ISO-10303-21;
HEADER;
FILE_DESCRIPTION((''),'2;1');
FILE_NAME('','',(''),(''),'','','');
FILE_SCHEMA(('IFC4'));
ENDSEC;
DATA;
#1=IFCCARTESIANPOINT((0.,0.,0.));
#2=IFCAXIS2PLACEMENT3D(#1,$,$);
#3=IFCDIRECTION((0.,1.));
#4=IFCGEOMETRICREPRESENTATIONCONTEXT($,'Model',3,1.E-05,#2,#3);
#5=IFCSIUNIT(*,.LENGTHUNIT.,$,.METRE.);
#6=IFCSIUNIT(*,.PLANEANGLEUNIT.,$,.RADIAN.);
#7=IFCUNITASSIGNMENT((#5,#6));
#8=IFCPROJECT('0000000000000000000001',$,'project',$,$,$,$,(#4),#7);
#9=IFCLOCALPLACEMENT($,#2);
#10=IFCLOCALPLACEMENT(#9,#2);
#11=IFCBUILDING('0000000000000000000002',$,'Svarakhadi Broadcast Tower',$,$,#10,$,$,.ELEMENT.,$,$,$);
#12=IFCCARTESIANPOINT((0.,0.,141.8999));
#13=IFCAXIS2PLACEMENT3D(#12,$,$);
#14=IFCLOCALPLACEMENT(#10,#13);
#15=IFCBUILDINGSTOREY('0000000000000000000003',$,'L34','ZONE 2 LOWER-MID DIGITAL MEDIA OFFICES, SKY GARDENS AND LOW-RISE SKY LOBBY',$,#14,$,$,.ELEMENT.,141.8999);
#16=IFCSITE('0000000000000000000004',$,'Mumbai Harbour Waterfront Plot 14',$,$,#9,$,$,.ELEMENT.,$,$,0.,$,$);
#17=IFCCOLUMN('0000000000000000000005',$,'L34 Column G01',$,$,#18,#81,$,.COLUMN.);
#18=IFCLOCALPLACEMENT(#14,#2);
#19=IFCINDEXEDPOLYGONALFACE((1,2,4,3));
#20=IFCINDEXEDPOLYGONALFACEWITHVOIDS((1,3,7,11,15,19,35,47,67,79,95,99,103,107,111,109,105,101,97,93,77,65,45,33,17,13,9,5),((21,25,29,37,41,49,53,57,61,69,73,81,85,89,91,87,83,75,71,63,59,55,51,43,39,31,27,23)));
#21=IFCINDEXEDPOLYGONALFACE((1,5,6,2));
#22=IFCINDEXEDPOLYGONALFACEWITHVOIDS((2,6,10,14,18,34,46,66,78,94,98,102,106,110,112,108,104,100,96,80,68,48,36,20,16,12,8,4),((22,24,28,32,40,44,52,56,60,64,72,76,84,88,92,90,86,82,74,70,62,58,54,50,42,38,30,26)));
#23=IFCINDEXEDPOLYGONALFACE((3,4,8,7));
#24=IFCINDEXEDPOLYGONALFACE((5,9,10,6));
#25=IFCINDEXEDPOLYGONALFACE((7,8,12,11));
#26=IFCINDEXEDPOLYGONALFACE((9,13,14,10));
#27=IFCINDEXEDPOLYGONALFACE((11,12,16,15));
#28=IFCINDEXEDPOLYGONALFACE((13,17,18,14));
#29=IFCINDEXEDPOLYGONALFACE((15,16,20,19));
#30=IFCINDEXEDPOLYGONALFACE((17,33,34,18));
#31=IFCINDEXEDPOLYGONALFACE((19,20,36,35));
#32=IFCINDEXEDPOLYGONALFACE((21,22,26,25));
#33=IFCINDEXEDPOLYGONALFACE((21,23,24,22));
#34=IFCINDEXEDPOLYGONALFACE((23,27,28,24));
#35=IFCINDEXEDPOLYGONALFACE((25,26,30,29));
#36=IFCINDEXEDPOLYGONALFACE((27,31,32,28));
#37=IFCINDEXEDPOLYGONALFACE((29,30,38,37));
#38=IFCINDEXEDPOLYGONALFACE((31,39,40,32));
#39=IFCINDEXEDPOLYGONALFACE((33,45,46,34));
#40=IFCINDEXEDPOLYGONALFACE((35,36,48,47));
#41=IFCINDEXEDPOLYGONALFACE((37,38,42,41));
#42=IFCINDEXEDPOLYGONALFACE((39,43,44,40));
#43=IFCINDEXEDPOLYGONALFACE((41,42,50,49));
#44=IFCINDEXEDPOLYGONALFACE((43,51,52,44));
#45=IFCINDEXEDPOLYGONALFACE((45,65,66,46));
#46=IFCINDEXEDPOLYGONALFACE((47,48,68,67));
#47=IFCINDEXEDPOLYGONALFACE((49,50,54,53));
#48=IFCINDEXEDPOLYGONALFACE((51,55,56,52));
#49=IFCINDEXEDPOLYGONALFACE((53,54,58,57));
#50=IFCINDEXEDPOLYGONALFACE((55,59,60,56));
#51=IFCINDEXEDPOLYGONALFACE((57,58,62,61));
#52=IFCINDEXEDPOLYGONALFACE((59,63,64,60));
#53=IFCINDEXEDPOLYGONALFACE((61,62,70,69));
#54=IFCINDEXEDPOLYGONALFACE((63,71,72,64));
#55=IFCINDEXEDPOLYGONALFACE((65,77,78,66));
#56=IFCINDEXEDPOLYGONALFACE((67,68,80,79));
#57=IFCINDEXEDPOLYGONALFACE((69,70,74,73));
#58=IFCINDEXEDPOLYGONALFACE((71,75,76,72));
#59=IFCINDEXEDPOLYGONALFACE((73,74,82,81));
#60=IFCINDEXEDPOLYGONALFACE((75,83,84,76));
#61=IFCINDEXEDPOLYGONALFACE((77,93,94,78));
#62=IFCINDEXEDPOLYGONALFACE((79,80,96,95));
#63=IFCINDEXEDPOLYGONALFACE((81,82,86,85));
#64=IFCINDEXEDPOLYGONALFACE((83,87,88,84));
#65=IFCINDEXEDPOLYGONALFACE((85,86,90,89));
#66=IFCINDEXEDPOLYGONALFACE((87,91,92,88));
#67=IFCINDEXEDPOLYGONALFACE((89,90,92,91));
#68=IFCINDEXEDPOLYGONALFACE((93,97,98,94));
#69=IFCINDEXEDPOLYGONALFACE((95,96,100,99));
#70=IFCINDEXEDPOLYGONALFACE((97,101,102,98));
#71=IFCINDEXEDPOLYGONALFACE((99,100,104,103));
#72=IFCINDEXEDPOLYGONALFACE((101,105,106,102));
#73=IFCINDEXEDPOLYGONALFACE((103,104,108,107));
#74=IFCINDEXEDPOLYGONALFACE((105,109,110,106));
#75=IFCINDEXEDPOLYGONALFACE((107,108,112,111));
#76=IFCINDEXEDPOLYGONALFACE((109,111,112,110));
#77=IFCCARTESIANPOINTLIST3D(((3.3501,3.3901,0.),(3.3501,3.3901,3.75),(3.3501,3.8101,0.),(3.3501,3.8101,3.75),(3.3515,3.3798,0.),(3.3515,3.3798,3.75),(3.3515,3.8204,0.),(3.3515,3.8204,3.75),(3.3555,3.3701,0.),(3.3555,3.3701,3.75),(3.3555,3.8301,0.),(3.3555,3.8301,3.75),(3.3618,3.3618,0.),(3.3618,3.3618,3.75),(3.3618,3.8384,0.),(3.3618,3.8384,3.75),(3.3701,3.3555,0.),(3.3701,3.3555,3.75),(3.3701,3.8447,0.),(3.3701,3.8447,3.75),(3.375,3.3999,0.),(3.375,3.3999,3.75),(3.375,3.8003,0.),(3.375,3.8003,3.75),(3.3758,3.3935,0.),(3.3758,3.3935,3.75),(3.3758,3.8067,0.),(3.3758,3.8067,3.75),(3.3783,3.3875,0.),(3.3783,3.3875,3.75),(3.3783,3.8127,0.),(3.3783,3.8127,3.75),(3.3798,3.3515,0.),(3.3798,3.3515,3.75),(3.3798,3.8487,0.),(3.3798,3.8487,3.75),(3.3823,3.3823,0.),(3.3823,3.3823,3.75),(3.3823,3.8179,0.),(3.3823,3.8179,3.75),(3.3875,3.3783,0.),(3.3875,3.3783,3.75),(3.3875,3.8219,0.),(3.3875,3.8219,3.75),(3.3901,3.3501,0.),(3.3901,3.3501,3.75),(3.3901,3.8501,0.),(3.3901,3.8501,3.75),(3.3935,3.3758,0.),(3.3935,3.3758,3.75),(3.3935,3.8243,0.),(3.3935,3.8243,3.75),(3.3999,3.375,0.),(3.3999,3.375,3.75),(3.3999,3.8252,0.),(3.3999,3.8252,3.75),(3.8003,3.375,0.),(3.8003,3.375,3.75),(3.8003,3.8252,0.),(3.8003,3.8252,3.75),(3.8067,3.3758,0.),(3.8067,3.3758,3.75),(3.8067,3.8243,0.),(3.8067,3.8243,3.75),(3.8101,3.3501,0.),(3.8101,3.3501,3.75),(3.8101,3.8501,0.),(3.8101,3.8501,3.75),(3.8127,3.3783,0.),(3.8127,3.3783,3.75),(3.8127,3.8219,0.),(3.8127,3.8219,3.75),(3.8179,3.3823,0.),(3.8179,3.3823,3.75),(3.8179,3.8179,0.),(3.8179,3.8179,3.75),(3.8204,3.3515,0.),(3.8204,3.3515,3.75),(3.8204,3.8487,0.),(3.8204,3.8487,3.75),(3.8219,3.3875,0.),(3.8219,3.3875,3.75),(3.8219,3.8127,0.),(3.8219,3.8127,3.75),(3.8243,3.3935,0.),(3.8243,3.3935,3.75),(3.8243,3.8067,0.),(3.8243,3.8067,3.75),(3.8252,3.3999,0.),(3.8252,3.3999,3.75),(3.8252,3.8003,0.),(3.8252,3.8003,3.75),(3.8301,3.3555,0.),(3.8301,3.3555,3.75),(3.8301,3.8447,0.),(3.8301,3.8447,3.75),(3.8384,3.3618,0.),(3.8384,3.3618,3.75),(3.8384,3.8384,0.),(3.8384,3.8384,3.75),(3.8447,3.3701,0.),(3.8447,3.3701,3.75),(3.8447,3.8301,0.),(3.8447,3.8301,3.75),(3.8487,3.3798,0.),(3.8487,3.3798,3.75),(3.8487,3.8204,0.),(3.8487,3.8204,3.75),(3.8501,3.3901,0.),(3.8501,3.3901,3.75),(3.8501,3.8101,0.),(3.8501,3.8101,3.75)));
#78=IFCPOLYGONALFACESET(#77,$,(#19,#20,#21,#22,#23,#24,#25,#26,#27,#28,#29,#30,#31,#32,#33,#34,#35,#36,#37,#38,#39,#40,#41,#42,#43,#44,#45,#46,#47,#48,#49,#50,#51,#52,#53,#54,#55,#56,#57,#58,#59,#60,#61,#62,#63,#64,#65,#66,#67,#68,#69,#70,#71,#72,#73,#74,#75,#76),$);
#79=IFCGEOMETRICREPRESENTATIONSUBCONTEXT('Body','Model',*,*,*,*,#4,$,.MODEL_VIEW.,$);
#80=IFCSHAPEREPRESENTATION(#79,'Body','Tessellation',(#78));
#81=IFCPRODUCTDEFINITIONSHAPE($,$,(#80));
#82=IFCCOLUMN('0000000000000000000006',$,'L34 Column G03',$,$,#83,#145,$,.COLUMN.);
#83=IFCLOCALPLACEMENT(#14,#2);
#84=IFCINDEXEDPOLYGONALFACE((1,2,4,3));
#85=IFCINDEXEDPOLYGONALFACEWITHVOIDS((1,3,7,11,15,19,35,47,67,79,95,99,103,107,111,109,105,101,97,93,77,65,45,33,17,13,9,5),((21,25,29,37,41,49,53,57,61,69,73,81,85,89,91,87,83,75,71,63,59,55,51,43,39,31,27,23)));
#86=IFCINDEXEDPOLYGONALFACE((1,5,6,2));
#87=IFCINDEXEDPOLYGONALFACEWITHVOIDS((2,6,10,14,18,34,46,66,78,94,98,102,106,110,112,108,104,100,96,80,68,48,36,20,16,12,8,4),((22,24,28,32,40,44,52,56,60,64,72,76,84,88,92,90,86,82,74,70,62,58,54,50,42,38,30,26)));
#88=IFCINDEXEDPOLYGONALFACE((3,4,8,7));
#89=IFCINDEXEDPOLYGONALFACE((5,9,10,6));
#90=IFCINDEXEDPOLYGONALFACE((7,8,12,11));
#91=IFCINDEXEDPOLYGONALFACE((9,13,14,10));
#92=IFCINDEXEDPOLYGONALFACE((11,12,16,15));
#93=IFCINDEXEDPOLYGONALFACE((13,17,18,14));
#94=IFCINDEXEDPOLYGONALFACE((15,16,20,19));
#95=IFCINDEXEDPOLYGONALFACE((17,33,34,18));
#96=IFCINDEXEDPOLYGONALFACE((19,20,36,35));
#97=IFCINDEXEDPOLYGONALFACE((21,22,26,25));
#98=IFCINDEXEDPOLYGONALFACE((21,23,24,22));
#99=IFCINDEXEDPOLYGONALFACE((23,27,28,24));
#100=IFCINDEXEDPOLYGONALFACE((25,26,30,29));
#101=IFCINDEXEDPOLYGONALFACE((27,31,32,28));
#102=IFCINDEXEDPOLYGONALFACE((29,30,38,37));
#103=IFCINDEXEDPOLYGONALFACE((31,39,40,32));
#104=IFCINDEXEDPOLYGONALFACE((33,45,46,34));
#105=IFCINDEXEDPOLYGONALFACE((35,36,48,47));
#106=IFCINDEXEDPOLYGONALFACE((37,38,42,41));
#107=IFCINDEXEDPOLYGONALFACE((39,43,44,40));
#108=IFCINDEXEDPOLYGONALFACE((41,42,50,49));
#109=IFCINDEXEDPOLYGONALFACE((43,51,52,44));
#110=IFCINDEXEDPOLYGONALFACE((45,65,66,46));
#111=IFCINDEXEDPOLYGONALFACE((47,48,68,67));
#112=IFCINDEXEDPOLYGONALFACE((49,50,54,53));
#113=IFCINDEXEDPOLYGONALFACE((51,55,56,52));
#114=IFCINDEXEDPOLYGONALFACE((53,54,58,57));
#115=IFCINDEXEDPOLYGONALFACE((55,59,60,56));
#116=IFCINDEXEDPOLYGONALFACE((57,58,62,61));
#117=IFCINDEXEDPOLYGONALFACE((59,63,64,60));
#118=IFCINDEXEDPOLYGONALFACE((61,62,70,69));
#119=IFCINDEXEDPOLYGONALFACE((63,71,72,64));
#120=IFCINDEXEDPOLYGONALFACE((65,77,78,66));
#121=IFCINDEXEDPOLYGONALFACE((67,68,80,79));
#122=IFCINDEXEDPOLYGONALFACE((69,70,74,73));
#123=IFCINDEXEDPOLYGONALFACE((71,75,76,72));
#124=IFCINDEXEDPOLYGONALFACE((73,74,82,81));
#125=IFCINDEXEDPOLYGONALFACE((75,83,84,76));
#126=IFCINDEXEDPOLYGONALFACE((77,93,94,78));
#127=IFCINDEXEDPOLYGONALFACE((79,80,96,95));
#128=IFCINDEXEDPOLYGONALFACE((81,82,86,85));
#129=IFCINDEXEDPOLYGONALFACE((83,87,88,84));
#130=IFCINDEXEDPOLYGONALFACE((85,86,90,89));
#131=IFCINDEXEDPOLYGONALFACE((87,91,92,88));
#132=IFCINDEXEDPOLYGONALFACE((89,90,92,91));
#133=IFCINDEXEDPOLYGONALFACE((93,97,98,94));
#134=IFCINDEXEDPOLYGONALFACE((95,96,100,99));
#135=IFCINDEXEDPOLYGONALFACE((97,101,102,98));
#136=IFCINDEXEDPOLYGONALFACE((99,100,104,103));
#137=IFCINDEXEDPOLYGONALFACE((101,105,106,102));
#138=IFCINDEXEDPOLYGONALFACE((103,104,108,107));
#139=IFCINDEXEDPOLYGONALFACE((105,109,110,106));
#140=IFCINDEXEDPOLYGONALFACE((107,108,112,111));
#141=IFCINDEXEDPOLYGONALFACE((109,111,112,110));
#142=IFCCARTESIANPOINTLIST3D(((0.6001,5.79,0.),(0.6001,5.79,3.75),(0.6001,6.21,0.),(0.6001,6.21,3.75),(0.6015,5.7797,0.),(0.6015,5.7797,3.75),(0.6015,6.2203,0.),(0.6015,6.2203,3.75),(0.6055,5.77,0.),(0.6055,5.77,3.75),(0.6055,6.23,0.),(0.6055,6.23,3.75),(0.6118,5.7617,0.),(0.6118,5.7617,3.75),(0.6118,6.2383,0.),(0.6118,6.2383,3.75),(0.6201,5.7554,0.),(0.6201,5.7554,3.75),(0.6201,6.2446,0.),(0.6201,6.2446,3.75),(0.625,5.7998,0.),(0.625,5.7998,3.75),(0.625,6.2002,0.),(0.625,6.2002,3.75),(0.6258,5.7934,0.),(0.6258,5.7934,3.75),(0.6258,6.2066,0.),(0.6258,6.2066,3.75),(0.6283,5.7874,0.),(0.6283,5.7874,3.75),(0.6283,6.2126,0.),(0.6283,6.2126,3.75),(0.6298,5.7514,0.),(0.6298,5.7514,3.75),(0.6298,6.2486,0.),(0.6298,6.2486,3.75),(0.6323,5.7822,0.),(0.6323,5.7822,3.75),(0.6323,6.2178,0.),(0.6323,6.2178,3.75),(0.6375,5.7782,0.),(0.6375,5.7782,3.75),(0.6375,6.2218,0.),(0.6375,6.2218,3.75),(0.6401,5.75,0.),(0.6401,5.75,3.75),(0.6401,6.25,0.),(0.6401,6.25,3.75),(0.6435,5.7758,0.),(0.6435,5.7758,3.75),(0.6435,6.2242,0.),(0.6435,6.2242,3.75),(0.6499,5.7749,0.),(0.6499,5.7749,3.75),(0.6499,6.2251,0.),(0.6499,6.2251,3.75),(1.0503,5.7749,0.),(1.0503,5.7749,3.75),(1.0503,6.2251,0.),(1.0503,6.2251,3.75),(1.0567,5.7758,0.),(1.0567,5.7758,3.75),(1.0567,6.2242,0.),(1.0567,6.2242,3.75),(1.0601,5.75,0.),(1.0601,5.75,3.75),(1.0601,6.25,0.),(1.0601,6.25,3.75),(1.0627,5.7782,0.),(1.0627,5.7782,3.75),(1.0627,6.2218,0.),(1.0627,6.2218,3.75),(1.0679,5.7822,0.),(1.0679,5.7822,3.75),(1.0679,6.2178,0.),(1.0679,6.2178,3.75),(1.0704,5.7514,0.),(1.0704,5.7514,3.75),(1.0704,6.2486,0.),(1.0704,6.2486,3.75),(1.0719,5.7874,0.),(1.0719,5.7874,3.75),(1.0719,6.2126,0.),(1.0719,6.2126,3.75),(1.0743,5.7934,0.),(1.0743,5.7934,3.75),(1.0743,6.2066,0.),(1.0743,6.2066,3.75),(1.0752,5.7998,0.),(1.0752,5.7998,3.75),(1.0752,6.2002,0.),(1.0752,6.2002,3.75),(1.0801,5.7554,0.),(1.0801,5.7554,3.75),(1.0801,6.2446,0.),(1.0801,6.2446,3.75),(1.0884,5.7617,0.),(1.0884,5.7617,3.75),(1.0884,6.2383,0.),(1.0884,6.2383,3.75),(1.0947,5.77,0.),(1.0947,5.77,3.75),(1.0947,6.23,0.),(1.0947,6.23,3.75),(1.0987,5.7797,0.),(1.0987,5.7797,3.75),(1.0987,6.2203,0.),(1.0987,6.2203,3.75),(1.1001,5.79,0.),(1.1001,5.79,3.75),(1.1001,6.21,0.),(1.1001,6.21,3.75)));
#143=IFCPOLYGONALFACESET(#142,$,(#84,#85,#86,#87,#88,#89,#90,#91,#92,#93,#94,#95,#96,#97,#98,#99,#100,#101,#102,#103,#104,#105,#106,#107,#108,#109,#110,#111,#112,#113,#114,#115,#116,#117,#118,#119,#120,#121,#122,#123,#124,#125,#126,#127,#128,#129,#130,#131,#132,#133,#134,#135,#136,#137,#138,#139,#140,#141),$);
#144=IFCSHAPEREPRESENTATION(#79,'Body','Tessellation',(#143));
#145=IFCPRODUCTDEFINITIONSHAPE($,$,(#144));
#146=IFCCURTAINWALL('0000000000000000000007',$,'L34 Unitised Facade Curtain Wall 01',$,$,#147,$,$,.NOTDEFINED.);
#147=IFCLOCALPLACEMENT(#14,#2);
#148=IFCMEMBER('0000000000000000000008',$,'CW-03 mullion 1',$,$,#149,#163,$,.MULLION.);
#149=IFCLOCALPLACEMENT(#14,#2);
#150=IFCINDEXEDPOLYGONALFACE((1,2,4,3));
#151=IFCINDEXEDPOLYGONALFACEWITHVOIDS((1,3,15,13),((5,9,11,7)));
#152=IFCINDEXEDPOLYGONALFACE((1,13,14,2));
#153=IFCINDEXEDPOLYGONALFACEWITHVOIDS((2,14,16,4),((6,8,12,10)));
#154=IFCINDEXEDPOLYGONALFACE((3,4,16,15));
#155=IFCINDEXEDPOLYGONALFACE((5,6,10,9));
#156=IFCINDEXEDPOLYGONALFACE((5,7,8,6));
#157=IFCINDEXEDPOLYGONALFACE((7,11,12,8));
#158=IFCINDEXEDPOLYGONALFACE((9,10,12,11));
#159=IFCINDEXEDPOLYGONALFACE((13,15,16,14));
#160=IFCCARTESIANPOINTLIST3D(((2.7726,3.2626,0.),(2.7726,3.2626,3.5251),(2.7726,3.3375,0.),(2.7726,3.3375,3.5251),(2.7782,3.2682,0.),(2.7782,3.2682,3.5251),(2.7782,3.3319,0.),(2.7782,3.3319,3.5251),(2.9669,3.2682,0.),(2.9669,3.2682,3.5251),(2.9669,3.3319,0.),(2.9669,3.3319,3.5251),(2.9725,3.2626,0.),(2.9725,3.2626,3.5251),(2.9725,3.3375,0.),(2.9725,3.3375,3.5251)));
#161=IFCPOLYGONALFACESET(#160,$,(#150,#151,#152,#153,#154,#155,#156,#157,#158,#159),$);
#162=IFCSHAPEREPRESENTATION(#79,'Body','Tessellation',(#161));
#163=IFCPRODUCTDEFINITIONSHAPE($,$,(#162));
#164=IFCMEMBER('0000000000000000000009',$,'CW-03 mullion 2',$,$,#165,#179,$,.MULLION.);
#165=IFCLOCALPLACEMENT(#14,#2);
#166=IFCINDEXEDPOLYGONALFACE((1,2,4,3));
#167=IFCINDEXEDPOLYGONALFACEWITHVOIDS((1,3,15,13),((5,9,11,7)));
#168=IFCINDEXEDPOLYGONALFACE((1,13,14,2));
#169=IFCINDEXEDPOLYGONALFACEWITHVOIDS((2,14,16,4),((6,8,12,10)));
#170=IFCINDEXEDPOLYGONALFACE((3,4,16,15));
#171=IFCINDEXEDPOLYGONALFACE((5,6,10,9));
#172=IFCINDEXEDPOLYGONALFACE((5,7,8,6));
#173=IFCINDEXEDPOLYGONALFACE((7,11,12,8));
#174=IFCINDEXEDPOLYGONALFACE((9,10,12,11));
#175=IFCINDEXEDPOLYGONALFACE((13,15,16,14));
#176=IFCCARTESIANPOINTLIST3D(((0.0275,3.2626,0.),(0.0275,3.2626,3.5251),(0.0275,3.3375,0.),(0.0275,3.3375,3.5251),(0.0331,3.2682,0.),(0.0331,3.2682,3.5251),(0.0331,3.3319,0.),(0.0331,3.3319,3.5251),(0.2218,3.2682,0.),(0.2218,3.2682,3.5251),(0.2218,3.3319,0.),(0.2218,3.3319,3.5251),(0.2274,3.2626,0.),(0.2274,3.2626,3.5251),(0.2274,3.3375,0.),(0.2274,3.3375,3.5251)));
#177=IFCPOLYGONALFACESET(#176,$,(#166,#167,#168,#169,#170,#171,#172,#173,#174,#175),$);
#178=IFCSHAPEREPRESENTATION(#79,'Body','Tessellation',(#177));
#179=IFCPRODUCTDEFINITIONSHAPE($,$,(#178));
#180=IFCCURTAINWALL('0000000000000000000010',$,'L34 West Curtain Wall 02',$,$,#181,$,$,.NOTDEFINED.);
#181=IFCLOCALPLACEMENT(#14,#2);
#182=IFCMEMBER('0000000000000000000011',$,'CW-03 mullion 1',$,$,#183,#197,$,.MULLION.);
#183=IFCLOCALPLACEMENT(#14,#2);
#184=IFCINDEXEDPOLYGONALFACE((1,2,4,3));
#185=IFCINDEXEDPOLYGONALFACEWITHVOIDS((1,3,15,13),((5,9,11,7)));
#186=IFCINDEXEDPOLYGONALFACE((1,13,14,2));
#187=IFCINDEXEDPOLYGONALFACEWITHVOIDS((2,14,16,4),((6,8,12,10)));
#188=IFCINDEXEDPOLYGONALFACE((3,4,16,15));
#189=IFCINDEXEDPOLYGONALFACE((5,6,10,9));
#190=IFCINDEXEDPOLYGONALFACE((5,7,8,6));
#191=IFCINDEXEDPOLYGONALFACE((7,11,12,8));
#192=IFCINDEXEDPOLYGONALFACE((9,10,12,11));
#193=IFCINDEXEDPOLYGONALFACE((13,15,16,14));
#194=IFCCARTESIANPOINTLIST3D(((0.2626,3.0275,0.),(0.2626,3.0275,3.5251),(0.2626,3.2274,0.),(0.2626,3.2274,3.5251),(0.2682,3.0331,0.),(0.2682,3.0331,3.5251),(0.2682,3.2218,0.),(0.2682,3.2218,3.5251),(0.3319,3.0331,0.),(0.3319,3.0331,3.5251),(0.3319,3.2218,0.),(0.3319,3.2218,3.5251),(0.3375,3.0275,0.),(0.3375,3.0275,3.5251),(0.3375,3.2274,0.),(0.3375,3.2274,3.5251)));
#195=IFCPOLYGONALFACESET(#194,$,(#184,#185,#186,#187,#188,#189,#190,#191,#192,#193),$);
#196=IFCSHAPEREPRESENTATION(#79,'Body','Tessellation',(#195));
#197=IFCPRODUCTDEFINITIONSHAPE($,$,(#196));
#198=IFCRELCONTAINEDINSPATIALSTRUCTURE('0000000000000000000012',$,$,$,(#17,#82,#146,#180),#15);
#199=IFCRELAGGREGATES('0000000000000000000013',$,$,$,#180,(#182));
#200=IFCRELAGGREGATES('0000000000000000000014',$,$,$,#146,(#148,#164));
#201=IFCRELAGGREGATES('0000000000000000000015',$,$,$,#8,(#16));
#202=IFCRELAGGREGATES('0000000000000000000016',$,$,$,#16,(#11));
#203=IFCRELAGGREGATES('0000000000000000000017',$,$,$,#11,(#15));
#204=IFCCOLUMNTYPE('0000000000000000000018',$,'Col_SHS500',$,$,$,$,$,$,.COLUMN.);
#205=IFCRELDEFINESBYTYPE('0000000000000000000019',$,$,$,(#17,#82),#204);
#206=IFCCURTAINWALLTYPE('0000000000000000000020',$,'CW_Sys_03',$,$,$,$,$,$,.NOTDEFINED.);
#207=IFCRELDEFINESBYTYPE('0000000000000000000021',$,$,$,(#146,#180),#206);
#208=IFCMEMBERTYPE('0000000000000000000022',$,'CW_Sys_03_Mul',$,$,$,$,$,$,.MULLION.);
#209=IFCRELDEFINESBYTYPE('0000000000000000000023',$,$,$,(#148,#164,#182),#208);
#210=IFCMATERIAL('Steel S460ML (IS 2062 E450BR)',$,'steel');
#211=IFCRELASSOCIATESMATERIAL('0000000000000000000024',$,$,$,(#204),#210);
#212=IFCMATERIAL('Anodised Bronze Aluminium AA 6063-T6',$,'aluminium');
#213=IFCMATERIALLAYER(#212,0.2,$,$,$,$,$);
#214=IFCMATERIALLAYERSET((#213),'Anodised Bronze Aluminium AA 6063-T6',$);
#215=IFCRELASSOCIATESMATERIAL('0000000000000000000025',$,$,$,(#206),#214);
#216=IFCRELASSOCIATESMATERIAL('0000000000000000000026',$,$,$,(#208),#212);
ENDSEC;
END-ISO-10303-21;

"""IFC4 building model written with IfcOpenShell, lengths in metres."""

from ifc_helpers import new_model, si_unit, direction, frame, origin, origin_2d, place, context, subcontext, project, spatial, hollow_rectangle, extrude, material, layer, layer_set, material_profile, profile_set, type_object, element, aggregate, save


model = new_model("IFC4")

# Units and contexts
model_context = context("Model", 3, precision=1e-05, world=origin(), true_north=direction((0.0, 1.0)))
body_context = subcontext(model_context, "Body", "Model", "MODEL_VIEW")
ifc_project = project(units=[si_unit("LENGTHUNIT", "METRE"), si_unit("PLANEANGLEUNIT", "RADIAN")], contexts=[model_context])

# Site, building, storey
site_placement = place(None, origin())
site = spatial("IfcSite", under=ifc_project, at=site_placement, Name="Mumbai Harbour Waterfront Plot 14", CompositionType="ELEMENT", RefElevation=0.0)
building_placement = place(site_placement, origin())
building = spatial("IfcBuilding", under=site, at=building_placement, Name="Svarakhadi Broadcast Tower", CompositionType="ELEMENT")
storey_placement = place(building_placement, frame((0.0, 0.0, 141.8999)))
storey = spatial("IfcBuildingStorey", under=building, at=storey_placement, Name="L34", Description="ZONE 2 LOWER-MID DIGITAL MEDIA OFFICES, SKY GARDENS AND LOW-RISE SKY LOBBY", CompositionType="ELEMENT", Elevation=141.8999)

# Columns
ifc_material_1 = material(Name="Steel S460ML (IS 2062 E450BR)", Category="steel")
ifc_material_profile_1 = material_profile(ifc_material_1, hollow_rectangle(XDim=0.5, YDim=0.5, WallThickness=0.0249, InnerFilletRadius=0.0249, OuterFilletRadius=0.04, at=origin_2d()), Name="SHS 500x500x25")
ifc_profile_set_1 = profile_set([ifc_material_profile_1], Name="Steel S460ML (IS 2062 E450BR)")
column_type = type_object("IfcColumnType", Name="Col_SHS500", PredefinedType="COLUMN", material=ifc_profile_set_1)
for number, where, z_axis, x_axis, name in (
    (1, (3.6001, 3.6001, 0.0), (0.0, 0.0, 1.0), (1.0, 0.0, 0.0), "L34 Column G01"),
    (2, (0.8501, 6.0, 0.0), (0.0, 0.0, 1.0), (1.0, 0.0, 0.0), "L34 Column G03"),
):
    element("IfcColumn", number, at=place(storey_placement, frame(where, z_axis=z_axis, x_axis=x_axis)), inside=storey, type_object=column_type, Name=name, PredefinedType="COLUMN", context=body_context, shape_type="SweptSolid", body=[
        extrude(hollow_rectangle(XDim=0.5, YDim=0.5, WallThickness=0.0249, InnerFilletRadius=0.0249, OuterFilletRadius=0.04, at=origin_2d()), origin(), (0.0, 0.0, 1.0), 3.75),
    ])

# Curtain wall, members
ifc_material_2 = material(Name="Anodised Bronze Aluminium AA 6063-T6", Category="aluminium")
ifc_layer_1 = layer(ifc_material_2, 0.2)
ifc_layer_set_1 = layer_set([ifc_layer_1], Name="Anodised Bronze Aluminium AA 6063-T6")
curtain_wall_type = type_object("IfcCurtainWallType", Name="CW_Sys_03", PredefinedType="NOTDEFINED", material=ifc_layer_set_1)
curtain_wall_1_placement = place(storey_placement, origin())
curtain_wall_1 = element("IfcCurtainWall", 3, at=curtain_wall_1_placement, inside=storey, type_object=curtain_wall_type, Name="L34 Unitised Facade Curtain Wall 01", PredefinedType="NOTDEFINED")
ifc_material_profile_2 = material_profile(ifc_material_2, hollow_rectangle(XDim=0.075, YDim=0.2, WallThickness=0.0056, at=origin_2d()), Name="ALU MULLION 200x75x6")
ifc_profile_set_2 = profile_set([ifc_material_profile_2], Name="Anodised Bronze Aluminium AA 6063-T6")
member_type_1 = type_object("IfcMemberType", Name="CW_Sys_03_Mul", PredefinedType="MULLION", material=ifc_profile_set_2)
member_1_placement = place(storey_placement, frame((2.8726, 3.3, 0.0), z_axis=(0.0, 0.0, 1.0), x_axis=(0.0, -1.0, 0.0)))
member_1 = element("IfcMember", 4, at=member_1_placement, type_object=member_type_1, Name="CW-03 mullion 1", PredefinedType="MULLION", context=body_context, shape_type="SweptSolid", body=[
    extrude(hollow_rectangle(XDim=0.075, YDim=0.2, WallThickness=0.0056, at=origin_2d()), origin(), (0.0, 0.0, 1.0), 3.5251),
])
member_2_placement = place(storey_placement, frame((0.1274, 3.3, 0.0), z_axis=(0.0, 0.0, 1.0), x_axis=(0.0, -1.0, 0.0)))
member_2 = element("IfcMember", 5, at=member_2_placement, type_object=member_type_1, Name="CW-03 mullion 2", PredefinedType="MULLION", context=body_context, shape_type="SweptSolid", body=[
    extrude(hollow_rectangle(XDim=0.075, YDim=0.2, WallThickness=0.0056, at=origin_2d()), origin(), (0.0, 0.0, 1.0), 3.5251),
])

# Curtain wall, member
curtain_wall_2_placement = place(storey_placement, origin())
curtain_wall_2 = element("IfcCurtainWall", 6, at=curtain_wall_2_placement, inside=storey, type_object=curtain_wall_type, Name="L34 West Curtain Wall 02", PredefinedType="NOTDEFINED")
member_3_placement = place(storey_placement, frame((0.3, 3.1274, 0.0), z_axis=(0.0, 0.0, 1.0), x_axis=(-1.0, 0.0, 0.0)))
member_3 = element("IfcMember", 7, at=member_3_placement, type_object=member_type_1, Name="CW-03 mullion 1", PredefinedType="MULLION", context=body_context, shape_type="SweptSolid", body=[
    extrude(hollow_rectangle(XDim=0.075, YDim=0.2, WallThickness=0.0056, at=origin_2d()), origin(), (0.0, 0.0, 1.0), 3.5251),
])

aggregate(curtain_wall_2, [member_3])

aggregate(curtain_wall_1, [member_1, member_2])

save(model, "model.ifc")
